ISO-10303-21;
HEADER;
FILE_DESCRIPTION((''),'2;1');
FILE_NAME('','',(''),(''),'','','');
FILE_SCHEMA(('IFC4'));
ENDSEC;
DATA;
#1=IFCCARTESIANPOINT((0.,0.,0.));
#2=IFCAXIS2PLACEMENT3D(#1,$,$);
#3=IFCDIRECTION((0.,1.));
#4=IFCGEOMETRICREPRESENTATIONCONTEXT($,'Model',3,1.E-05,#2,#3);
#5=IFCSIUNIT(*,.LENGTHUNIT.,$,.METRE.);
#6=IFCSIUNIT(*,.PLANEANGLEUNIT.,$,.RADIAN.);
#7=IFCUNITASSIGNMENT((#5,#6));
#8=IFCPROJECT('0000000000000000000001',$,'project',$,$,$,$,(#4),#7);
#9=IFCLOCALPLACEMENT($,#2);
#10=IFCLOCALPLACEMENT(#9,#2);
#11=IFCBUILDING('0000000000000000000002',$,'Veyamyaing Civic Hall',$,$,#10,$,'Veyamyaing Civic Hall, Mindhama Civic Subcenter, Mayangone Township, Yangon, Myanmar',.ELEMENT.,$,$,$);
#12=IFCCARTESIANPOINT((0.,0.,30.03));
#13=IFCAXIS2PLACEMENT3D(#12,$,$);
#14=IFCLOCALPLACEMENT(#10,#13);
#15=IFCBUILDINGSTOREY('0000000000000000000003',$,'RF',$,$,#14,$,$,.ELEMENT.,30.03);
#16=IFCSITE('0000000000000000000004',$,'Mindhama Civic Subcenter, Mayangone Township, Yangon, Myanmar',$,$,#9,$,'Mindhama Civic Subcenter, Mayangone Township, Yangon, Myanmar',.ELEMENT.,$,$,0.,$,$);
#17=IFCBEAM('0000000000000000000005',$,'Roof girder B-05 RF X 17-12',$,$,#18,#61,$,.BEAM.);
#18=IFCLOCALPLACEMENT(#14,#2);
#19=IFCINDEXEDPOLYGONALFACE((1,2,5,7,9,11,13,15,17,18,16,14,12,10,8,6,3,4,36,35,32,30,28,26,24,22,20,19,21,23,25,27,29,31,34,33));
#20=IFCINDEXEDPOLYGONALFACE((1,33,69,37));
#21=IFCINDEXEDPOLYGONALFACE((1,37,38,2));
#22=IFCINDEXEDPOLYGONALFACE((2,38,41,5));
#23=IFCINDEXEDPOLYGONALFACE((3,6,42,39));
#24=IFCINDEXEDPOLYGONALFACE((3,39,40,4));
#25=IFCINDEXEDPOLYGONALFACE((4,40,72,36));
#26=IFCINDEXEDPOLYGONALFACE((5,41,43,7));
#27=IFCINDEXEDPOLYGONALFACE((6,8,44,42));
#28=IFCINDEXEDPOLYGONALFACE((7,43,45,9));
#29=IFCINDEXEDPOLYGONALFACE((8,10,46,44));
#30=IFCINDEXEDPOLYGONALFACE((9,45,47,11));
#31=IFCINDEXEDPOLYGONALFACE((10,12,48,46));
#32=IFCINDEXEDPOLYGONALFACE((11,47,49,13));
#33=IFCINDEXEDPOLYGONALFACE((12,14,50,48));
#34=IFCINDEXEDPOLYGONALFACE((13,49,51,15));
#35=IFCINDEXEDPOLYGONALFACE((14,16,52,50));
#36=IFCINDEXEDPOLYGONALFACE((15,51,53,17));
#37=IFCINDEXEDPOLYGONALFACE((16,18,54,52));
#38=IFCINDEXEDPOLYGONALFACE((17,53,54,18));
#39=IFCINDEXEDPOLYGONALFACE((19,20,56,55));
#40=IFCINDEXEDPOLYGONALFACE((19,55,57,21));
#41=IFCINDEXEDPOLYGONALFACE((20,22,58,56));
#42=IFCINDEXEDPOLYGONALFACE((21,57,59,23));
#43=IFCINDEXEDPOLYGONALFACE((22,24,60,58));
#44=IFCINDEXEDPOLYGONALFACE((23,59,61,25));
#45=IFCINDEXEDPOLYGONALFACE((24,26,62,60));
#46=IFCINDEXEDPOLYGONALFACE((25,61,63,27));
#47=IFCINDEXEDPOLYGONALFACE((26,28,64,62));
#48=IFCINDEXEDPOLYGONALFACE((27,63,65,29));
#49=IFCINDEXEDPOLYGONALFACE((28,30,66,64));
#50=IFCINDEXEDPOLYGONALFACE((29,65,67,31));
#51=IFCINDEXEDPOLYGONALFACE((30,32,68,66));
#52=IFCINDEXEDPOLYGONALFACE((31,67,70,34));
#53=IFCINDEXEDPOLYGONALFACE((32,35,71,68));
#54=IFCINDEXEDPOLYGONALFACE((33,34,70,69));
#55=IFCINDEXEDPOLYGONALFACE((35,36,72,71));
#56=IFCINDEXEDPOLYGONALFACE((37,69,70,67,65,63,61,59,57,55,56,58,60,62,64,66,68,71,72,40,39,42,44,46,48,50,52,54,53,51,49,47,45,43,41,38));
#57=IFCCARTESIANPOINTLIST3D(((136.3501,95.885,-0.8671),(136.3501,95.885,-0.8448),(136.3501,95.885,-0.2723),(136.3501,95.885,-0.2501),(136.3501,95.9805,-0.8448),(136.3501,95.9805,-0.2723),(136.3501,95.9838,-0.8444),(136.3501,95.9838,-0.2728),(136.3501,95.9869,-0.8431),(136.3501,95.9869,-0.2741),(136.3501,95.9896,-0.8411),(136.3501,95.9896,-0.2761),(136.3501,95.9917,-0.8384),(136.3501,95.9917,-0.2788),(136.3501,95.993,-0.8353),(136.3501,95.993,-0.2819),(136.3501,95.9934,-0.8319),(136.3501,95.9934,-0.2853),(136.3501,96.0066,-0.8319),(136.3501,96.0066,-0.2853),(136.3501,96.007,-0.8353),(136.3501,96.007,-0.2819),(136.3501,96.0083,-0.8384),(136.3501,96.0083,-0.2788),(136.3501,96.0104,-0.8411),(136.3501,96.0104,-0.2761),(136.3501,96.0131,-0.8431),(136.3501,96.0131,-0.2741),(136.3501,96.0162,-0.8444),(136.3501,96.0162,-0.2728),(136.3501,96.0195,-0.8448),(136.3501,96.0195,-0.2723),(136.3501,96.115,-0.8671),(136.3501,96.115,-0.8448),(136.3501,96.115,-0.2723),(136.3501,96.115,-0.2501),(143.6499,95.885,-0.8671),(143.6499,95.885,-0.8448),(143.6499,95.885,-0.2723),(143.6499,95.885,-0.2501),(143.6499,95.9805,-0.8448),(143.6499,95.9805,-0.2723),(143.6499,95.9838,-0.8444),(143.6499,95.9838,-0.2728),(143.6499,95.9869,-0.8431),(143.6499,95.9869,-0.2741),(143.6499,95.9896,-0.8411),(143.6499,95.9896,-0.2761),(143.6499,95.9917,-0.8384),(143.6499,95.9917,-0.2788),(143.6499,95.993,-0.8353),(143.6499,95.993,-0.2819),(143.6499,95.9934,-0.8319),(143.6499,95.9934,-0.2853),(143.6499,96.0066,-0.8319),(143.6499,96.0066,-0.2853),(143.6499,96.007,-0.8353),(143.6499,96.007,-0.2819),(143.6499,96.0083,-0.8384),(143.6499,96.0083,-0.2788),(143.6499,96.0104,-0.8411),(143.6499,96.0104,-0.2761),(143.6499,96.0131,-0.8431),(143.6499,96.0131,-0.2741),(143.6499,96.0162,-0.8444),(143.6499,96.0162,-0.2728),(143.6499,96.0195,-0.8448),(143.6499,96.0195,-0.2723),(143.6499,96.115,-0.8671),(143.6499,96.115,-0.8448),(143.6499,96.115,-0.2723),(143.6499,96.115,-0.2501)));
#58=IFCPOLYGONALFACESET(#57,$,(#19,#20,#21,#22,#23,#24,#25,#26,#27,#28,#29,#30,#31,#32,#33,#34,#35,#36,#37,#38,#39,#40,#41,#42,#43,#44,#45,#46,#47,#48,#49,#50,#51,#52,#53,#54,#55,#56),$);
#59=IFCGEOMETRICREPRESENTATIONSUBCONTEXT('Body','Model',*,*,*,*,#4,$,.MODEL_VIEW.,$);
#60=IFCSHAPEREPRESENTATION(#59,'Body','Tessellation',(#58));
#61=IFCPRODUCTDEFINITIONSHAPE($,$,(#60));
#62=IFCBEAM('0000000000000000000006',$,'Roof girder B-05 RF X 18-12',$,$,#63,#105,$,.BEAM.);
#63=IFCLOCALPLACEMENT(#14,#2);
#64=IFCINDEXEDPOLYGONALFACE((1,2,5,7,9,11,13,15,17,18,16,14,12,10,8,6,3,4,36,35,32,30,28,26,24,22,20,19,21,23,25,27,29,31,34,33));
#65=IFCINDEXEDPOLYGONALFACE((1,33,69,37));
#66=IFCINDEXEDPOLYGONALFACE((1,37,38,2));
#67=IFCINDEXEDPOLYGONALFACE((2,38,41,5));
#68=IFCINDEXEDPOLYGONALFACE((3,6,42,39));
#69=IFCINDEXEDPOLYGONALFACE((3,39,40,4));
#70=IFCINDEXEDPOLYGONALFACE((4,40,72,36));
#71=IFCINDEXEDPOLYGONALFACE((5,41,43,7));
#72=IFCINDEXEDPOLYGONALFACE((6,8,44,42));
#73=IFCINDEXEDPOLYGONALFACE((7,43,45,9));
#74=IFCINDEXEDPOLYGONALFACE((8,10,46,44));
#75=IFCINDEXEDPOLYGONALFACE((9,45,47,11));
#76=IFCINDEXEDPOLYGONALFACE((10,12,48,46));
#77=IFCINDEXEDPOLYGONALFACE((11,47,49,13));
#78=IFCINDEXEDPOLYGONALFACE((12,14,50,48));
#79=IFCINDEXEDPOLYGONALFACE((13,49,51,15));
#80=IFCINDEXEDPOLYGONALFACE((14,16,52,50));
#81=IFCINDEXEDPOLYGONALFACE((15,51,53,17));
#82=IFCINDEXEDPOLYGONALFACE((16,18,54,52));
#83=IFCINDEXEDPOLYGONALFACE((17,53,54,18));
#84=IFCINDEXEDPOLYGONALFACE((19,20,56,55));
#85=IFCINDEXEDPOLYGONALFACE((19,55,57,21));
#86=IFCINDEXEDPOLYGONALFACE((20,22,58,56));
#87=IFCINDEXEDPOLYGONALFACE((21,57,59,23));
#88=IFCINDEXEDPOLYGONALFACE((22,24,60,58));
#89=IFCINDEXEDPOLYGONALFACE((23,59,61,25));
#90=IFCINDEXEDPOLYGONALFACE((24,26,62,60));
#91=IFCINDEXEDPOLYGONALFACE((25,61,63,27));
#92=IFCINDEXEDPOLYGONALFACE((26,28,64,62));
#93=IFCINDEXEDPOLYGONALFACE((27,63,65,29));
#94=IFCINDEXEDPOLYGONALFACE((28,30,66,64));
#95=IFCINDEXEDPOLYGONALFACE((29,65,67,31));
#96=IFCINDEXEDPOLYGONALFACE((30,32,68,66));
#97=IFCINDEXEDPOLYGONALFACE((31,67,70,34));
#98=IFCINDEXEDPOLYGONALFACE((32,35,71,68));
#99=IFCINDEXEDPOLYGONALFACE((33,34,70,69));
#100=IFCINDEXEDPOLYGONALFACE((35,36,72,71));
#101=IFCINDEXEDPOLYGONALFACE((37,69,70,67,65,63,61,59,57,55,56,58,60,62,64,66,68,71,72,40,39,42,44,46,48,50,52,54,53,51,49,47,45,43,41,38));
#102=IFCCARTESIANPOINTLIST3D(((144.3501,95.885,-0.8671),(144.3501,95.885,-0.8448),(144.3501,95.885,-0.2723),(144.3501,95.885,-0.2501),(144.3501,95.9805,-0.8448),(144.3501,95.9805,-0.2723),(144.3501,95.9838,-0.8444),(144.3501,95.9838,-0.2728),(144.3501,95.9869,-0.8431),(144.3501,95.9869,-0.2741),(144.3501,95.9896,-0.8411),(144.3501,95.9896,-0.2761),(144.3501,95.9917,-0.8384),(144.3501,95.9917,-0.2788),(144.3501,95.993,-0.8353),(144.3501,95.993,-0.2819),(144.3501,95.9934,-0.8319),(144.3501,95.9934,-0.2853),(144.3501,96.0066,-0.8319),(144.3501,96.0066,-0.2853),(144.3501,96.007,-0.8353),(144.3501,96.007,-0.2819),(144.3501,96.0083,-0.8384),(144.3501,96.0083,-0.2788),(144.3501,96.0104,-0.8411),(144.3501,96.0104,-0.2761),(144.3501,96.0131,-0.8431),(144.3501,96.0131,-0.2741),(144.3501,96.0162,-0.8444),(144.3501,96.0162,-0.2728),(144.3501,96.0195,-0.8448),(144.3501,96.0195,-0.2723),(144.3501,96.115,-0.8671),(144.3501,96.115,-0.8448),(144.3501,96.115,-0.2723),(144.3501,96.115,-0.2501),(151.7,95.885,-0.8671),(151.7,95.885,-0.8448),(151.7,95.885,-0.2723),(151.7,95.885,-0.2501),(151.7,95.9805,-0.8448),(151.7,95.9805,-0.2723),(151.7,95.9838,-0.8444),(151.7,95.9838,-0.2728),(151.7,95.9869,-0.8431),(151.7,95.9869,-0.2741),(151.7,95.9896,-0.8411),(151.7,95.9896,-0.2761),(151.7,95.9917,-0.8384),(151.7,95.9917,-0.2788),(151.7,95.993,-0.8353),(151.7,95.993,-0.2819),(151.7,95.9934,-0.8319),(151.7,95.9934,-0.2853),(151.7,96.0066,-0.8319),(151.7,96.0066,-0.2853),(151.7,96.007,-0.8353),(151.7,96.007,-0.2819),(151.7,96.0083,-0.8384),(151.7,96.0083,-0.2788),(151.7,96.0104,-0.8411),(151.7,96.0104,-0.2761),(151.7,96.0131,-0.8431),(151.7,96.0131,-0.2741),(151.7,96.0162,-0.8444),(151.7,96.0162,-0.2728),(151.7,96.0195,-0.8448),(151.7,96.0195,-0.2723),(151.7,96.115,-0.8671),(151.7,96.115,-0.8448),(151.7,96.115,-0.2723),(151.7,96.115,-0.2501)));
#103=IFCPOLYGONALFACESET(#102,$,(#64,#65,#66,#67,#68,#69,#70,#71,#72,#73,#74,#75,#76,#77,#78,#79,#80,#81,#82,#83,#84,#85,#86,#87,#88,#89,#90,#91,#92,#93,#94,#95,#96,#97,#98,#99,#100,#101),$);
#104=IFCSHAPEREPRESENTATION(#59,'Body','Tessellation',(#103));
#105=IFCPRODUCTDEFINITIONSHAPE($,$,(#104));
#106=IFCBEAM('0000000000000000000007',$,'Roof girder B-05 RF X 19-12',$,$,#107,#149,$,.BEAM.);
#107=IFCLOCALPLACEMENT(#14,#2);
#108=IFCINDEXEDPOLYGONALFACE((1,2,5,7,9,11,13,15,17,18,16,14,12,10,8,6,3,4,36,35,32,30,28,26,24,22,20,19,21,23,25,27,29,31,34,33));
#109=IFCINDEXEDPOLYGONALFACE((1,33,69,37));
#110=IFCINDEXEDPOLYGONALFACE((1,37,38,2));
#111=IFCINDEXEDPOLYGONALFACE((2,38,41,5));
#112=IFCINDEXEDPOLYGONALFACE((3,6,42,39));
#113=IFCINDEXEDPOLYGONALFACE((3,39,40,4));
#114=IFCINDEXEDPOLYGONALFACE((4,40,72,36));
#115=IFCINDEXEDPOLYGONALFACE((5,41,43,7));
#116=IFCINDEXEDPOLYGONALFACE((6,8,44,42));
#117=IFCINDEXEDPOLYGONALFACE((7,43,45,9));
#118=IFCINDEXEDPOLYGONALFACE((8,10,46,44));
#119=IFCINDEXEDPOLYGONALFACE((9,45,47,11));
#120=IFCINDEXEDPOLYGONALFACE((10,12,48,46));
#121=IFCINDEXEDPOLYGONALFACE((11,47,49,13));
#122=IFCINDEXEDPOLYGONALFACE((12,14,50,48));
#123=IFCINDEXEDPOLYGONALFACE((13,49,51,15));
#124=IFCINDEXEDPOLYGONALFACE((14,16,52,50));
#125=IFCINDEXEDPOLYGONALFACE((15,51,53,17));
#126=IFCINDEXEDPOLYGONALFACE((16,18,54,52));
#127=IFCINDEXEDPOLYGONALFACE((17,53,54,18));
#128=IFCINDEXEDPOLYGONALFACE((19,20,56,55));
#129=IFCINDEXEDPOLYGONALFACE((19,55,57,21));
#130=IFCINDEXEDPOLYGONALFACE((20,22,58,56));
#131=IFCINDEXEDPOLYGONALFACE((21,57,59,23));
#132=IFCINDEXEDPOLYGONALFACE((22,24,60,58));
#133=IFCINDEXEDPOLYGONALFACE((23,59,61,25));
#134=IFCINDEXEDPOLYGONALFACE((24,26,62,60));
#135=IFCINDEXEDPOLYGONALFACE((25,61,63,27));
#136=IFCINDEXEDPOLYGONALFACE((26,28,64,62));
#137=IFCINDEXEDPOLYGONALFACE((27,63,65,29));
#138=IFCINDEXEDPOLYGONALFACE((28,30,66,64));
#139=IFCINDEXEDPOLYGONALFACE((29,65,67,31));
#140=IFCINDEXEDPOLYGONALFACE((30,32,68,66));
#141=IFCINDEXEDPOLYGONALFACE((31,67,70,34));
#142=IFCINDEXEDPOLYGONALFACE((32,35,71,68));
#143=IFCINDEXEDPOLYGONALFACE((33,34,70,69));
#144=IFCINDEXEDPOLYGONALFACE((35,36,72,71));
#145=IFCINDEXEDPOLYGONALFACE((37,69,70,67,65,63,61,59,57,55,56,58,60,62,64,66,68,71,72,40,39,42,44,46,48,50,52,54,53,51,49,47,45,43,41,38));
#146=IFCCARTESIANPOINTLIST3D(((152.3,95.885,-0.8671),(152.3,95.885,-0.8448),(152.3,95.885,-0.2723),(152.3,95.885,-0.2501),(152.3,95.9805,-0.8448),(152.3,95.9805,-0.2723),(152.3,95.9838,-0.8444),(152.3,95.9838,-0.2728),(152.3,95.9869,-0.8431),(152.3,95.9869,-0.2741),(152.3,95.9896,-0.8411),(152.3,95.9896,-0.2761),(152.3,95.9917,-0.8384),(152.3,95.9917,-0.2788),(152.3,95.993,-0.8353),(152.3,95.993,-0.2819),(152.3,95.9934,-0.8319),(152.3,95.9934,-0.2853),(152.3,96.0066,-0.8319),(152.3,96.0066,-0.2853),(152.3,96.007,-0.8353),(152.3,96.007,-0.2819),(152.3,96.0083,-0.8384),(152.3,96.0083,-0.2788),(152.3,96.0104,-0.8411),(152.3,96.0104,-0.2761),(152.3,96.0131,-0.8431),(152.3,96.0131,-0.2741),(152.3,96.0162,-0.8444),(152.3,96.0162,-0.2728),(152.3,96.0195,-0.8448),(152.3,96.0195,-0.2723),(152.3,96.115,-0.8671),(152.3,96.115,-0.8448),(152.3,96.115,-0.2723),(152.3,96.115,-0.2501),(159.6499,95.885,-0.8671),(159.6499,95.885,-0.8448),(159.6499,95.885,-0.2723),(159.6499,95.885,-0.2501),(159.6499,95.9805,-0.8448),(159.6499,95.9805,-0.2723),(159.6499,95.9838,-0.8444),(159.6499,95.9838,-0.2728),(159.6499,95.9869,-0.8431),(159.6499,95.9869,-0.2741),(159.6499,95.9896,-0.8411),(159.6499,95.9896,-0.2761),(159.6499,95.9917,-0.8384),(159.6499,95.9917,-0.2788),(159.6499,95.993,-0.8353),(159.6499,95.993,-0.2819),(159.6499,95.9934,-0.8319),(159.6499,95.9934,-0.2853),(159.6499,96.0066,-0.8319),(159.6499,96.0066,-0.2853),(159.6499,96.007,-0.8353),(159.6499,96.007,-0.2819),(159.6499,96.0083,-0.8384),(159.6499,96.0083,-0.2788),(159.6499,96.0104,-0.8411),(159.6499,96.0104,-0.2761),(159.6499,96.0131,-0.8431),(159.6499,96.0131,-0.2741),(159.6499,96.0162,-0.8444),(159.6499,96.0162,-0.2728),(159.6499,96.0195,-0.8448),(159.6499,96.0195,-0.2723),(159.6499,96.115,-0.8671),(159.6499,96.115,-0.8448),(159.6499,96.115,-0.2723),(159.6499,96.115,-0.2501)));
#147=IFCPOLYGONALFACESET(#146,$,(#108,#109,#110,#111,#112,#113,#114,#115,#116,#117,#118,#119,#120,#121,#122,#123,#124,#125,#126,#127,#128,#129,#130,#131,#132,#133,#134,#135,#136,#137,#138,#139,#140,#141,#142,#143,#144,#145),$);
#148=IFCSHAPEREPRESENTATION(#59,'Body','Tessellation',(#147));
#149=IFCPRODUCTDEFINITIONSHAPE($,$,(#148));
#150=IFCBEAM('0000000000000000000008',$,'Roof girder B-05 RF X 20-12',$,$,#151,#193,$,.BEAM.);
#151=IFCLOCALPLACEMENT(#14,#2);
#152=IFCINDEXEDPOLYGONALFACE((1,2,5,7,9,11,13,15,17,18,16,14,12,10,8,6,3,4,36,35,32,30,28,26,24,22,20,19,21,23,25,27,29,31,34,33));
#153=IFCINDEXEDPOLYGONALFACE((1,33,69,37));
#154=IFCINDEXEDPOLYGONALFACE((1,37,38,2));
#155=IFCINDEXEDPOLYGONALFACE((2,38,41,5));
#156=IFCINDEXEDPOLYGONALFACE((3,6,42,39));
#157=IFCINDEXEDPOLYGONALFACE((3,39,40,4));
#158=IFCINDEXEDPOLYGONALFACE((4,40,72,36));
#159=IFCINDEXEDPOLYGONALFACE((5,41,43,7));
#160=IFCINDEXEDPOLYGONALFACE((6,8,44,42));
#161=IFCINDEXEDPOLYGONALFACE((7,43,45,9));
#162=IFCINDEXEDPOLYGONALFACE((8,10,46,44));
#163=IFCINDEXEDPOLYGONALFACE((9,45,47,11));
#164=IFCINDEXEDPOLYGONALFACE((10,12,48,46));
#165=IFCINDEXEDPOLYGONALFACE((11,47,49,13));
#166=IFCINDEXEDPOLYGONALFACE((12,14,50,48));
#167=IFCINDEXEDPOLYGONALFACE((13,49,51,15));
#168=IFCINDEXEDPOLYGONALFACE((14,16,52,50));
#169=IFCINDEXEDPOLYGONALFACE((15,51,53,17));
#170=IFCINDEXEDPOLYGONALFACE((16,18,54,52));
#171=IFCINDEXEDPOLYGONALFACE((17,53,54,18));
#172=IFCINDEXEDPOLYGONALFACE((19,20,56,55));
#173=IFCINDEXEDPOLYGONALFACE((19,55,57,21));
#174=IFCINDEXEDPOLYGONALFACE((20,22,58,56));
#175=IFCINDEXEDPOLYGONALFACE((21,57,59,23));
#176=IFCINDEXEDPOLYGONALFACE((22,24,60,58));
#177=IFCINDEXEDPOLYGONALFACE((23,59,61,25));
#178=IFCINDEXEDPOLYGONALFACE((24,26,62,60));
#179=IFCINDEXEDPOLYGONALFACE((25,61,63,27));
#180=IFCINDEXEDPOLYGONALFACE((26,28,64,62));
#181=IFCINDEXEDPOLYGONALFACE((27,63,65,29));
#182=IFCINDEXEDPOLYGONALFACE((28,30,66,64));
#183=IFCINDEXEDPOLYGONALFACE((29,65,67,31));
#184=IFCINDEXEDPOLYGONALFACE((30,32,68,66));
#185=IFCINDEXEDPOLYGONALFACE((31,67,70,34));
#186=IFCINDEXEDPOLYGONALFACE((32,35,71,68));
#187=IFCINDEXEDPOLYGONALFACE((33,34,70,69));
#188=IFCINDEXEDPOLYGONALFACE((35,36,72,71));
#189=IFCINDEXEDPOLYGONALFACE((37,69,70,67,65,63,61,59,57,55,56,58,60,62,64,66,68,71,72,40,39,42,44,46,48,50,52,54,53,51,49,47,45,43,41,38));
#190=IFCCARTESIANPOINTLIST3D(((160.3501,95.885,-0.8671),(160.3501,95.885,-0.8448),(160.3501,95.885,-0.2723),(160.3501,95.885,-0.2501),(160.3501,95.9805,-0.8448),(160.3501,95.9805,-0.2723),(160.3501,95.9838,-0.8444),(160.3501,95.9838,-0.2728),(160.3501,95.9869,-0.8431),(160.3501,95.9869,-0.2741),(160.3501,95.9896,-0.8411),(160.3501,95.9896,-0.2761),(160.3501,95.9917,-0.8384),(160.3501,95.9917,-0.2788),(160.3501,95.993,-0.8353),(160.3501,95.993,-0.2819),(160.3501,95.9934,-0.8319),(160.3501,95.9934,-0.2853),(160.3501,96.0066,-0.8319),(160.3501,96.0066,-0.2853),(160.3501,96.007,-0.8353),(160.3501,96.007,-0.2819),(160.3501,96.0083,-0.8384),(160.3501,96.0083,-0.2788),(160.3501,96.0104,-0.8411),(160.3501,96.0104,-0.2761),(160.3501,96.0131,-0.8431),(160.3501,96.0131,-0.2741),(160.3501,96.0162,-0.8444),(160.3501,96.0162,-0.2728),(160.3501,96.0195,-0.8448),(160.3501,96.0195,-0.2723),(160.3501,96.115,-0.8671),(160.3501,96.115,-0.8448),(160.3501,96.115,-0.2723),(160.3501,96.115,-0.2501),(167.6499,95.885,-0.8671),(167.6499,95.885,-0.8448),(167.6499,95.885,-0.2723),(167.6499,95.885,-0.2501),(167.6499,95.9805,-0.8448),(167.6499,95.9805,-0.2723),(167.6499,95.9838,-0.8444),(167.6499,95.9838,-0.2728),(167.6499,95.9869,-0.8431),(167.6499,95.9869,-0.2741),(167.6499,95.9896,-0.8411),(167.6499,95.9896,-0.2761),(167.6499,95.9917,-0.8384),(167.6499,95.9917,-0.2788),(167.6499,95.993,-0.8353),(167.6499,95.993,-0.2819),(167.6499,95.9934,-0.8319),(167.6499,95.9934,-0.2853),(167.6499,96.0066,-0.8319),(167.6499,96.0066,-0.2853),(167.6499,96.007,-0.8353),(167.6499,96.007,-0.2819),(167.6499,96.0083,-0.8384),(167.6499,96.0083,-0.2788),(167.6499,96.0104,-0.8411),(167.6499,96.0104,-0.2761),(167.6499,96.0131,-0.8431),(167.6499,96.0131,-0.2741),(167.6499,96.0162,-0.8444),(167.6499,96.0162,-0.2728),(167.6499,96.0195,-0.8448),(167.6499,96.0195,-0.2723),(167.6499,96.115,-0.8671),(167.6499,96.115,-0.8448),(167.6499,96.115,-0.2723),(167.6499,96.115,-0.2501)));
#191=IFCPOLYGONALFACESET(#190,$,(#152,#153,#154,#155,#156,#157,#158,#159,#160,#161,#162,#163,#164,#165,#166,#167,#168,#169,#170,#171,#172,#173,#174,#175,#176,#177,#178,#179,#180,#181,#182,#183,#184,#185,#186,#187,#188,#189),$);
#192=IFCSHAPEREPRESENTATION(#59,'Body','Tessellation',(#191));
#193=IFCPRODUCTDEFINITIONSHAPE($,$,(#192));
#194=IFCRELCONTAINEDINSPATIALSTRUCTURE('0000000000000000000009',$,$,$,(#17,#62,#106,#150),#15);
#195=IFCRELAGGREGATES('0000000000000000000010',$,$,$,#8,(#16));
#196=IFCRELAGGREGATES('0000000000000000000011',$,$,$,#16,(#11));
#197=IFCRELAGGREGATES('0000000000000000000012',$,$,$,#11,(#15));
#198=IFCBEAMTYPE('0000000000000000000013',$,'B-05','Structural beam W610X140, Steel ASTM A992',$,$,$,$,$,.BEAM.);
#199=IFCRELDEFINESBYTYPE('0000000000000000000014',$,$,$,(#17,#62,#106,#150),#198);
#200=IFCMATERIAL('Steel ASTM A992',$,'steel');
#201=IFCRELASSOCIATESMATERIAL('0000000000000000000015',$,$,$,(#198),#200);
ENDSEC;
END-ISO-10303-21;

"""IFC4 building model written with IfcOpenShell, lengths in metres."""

from ifc_helpers import new_model, si_unit, direction, frame, origin, origin_2d, place, context, subcontext, project, spatial, i_section, extrude, material, material_profile, profile_set, type_object, element, save


model = new_model("IFC4")

# Units and contexts
model_context = context("Model", 3, precision=1e-05, world=origin(), true_north=direction((0.0, 1.0)))
body_context = subcontext(model_context, "Body", "Model", "MODEL_VIEW")
ifc_project = project(units=[si_unit("LENGTHUNIT", "METRE"), si_unit("PLANEANGLEUNIT", "RADIAN")], contexts=[model_context])

# Site, building, storey
site_placement = place(None, origin())
site = spatial("IfcSite", under=ifc_project, at=site_placement, Name="Mindhama Civic Subcenter, Mayangone Township, Yangon, Myanmar", LongName="Mindhama Civic Subcenter, Mayangone Township, Yangon, Myanmar", CompositionType="ELEMENT", RefElevation=0.0)
building_placement = place(site_placement, origin())
building = spatial("IfcBuilding", under=site, at=building_placement, Name="Veyamyaing Civic Hall", LongName="Veyamyaing Civic Hall, Mindhama Civic Subcenter, Mayangone Township, Yangon, Myanmar", CompositionType="ELEMENT")
storey_placement = place(building_placement, frame((0.0, 0.0, 30.03)))
storey = spatial("IfcBuildingStorey", under=building, at=storey_placement, Name="RF", CompositionType="ELEMENT", Elevation=30.03)

# Beams
ifc_material_1 = material(Name="Steel ASTM A992", Category="steel")
ifc_material_profile_1 = material_profile(ifc_material_1, i_section(OverallWidth=0.23, OverallDepth=0.6169, WebThickness=0.0132, FlangeThickness=0.0222, FilletRadius=0.0129, at=origin_2d()), Name="W610X140")
ifc_profile_set_1 = profile_set([ifc_material_profile_1], Name="Steel ASTM A992")
beam_type_1 = type_object("IfcBeamType", Name="B-05", Description="Structural beam W610X140, Steel ASTM A992", PredefinedType="BEAM", material=ifc_profile_set_1)
beam_1_placement = place(storey_placement, frame((136.3501, 96.0, -0.5586), z_axis=(1.0, 0.0, 0.0), x_axis=(0.0, 1.0, 0.0)))
element("IfcBeam", 1, at=beam_1_placement, inside=storey, type_object=beam_type_1, Name="Roof girder B-05 RF X 17-12", PredefinedType="BEAM", context=body_context, shape_type="SweptSolid", body=[
    extrude(i_section(OverallWidth=0.23, OverallDepth=0.6169, WebThickness=0.0132, FlangeThickness=0.0222, FilletRadius=0.0129, at=origin_2d()), origin(), (0.0, 0.0, 1.0), 7.2998),
])
for number, where, z_axis, x_axis, name in (
    (2, (144.3501, 96.0, -0.5586), (1.0, 0.0, 0.0), (0.0, 1.0, 0.0), "Roof girder B-05 RF X 18-12"),
    (3, (152.3, 96.0, -0.5586), (1.0, 0.0, 0.0), (0.0, 1.0, 0.0), "Roof girder B-05 RF X 19-12"),
):
    element("IfcBeam", number, at=place(storey_placement, frame(where, z_axis=z_axis, x_axis=x_axis)), inside=storey, type_object=beam_type_1, Name=name, PredefinedType="BEAM", context=body_context, shape_type="SweptSolid", body=[
        extrude(i_section(OverallWidth=0.23, OverallDepth=0.6169, WebThickness=0.0132, FlangeThickness=0.0222, FilletRadius=0.0129, at=origin_2d()), origin(), (0.0, 0.0, 1.0), 7.3499),
    ])
for number, where, z_axis, x_axis, name in (
    (4, (160.3501, 96.0, -0.5586), (1.0, 0.0, 0.0), (0.0, 1.0, 0.0), "Roof girder B-05 RF X 20-12"),
):
    element("IfcBeam", number, at=place(storey_placement, frame(where, z_axis=z_axis, x_axis=x_axis)), inside=storey, type_object=beam_type_1, Name=name, PredefinedType="BEAM", context=body_context, shape_type="SweptSolid", body=[
        extrude(i_section(OverallWidth=0.23, OverallDepth=0.6169, WebThickness=0.0132, FlangeThickness=0.0222, FilletRadius=0.0129, at=origin_2d()), origin(), (0.0, 0.0, 1.0), 7.2998),
    ])

save(model, "model.ifc")
